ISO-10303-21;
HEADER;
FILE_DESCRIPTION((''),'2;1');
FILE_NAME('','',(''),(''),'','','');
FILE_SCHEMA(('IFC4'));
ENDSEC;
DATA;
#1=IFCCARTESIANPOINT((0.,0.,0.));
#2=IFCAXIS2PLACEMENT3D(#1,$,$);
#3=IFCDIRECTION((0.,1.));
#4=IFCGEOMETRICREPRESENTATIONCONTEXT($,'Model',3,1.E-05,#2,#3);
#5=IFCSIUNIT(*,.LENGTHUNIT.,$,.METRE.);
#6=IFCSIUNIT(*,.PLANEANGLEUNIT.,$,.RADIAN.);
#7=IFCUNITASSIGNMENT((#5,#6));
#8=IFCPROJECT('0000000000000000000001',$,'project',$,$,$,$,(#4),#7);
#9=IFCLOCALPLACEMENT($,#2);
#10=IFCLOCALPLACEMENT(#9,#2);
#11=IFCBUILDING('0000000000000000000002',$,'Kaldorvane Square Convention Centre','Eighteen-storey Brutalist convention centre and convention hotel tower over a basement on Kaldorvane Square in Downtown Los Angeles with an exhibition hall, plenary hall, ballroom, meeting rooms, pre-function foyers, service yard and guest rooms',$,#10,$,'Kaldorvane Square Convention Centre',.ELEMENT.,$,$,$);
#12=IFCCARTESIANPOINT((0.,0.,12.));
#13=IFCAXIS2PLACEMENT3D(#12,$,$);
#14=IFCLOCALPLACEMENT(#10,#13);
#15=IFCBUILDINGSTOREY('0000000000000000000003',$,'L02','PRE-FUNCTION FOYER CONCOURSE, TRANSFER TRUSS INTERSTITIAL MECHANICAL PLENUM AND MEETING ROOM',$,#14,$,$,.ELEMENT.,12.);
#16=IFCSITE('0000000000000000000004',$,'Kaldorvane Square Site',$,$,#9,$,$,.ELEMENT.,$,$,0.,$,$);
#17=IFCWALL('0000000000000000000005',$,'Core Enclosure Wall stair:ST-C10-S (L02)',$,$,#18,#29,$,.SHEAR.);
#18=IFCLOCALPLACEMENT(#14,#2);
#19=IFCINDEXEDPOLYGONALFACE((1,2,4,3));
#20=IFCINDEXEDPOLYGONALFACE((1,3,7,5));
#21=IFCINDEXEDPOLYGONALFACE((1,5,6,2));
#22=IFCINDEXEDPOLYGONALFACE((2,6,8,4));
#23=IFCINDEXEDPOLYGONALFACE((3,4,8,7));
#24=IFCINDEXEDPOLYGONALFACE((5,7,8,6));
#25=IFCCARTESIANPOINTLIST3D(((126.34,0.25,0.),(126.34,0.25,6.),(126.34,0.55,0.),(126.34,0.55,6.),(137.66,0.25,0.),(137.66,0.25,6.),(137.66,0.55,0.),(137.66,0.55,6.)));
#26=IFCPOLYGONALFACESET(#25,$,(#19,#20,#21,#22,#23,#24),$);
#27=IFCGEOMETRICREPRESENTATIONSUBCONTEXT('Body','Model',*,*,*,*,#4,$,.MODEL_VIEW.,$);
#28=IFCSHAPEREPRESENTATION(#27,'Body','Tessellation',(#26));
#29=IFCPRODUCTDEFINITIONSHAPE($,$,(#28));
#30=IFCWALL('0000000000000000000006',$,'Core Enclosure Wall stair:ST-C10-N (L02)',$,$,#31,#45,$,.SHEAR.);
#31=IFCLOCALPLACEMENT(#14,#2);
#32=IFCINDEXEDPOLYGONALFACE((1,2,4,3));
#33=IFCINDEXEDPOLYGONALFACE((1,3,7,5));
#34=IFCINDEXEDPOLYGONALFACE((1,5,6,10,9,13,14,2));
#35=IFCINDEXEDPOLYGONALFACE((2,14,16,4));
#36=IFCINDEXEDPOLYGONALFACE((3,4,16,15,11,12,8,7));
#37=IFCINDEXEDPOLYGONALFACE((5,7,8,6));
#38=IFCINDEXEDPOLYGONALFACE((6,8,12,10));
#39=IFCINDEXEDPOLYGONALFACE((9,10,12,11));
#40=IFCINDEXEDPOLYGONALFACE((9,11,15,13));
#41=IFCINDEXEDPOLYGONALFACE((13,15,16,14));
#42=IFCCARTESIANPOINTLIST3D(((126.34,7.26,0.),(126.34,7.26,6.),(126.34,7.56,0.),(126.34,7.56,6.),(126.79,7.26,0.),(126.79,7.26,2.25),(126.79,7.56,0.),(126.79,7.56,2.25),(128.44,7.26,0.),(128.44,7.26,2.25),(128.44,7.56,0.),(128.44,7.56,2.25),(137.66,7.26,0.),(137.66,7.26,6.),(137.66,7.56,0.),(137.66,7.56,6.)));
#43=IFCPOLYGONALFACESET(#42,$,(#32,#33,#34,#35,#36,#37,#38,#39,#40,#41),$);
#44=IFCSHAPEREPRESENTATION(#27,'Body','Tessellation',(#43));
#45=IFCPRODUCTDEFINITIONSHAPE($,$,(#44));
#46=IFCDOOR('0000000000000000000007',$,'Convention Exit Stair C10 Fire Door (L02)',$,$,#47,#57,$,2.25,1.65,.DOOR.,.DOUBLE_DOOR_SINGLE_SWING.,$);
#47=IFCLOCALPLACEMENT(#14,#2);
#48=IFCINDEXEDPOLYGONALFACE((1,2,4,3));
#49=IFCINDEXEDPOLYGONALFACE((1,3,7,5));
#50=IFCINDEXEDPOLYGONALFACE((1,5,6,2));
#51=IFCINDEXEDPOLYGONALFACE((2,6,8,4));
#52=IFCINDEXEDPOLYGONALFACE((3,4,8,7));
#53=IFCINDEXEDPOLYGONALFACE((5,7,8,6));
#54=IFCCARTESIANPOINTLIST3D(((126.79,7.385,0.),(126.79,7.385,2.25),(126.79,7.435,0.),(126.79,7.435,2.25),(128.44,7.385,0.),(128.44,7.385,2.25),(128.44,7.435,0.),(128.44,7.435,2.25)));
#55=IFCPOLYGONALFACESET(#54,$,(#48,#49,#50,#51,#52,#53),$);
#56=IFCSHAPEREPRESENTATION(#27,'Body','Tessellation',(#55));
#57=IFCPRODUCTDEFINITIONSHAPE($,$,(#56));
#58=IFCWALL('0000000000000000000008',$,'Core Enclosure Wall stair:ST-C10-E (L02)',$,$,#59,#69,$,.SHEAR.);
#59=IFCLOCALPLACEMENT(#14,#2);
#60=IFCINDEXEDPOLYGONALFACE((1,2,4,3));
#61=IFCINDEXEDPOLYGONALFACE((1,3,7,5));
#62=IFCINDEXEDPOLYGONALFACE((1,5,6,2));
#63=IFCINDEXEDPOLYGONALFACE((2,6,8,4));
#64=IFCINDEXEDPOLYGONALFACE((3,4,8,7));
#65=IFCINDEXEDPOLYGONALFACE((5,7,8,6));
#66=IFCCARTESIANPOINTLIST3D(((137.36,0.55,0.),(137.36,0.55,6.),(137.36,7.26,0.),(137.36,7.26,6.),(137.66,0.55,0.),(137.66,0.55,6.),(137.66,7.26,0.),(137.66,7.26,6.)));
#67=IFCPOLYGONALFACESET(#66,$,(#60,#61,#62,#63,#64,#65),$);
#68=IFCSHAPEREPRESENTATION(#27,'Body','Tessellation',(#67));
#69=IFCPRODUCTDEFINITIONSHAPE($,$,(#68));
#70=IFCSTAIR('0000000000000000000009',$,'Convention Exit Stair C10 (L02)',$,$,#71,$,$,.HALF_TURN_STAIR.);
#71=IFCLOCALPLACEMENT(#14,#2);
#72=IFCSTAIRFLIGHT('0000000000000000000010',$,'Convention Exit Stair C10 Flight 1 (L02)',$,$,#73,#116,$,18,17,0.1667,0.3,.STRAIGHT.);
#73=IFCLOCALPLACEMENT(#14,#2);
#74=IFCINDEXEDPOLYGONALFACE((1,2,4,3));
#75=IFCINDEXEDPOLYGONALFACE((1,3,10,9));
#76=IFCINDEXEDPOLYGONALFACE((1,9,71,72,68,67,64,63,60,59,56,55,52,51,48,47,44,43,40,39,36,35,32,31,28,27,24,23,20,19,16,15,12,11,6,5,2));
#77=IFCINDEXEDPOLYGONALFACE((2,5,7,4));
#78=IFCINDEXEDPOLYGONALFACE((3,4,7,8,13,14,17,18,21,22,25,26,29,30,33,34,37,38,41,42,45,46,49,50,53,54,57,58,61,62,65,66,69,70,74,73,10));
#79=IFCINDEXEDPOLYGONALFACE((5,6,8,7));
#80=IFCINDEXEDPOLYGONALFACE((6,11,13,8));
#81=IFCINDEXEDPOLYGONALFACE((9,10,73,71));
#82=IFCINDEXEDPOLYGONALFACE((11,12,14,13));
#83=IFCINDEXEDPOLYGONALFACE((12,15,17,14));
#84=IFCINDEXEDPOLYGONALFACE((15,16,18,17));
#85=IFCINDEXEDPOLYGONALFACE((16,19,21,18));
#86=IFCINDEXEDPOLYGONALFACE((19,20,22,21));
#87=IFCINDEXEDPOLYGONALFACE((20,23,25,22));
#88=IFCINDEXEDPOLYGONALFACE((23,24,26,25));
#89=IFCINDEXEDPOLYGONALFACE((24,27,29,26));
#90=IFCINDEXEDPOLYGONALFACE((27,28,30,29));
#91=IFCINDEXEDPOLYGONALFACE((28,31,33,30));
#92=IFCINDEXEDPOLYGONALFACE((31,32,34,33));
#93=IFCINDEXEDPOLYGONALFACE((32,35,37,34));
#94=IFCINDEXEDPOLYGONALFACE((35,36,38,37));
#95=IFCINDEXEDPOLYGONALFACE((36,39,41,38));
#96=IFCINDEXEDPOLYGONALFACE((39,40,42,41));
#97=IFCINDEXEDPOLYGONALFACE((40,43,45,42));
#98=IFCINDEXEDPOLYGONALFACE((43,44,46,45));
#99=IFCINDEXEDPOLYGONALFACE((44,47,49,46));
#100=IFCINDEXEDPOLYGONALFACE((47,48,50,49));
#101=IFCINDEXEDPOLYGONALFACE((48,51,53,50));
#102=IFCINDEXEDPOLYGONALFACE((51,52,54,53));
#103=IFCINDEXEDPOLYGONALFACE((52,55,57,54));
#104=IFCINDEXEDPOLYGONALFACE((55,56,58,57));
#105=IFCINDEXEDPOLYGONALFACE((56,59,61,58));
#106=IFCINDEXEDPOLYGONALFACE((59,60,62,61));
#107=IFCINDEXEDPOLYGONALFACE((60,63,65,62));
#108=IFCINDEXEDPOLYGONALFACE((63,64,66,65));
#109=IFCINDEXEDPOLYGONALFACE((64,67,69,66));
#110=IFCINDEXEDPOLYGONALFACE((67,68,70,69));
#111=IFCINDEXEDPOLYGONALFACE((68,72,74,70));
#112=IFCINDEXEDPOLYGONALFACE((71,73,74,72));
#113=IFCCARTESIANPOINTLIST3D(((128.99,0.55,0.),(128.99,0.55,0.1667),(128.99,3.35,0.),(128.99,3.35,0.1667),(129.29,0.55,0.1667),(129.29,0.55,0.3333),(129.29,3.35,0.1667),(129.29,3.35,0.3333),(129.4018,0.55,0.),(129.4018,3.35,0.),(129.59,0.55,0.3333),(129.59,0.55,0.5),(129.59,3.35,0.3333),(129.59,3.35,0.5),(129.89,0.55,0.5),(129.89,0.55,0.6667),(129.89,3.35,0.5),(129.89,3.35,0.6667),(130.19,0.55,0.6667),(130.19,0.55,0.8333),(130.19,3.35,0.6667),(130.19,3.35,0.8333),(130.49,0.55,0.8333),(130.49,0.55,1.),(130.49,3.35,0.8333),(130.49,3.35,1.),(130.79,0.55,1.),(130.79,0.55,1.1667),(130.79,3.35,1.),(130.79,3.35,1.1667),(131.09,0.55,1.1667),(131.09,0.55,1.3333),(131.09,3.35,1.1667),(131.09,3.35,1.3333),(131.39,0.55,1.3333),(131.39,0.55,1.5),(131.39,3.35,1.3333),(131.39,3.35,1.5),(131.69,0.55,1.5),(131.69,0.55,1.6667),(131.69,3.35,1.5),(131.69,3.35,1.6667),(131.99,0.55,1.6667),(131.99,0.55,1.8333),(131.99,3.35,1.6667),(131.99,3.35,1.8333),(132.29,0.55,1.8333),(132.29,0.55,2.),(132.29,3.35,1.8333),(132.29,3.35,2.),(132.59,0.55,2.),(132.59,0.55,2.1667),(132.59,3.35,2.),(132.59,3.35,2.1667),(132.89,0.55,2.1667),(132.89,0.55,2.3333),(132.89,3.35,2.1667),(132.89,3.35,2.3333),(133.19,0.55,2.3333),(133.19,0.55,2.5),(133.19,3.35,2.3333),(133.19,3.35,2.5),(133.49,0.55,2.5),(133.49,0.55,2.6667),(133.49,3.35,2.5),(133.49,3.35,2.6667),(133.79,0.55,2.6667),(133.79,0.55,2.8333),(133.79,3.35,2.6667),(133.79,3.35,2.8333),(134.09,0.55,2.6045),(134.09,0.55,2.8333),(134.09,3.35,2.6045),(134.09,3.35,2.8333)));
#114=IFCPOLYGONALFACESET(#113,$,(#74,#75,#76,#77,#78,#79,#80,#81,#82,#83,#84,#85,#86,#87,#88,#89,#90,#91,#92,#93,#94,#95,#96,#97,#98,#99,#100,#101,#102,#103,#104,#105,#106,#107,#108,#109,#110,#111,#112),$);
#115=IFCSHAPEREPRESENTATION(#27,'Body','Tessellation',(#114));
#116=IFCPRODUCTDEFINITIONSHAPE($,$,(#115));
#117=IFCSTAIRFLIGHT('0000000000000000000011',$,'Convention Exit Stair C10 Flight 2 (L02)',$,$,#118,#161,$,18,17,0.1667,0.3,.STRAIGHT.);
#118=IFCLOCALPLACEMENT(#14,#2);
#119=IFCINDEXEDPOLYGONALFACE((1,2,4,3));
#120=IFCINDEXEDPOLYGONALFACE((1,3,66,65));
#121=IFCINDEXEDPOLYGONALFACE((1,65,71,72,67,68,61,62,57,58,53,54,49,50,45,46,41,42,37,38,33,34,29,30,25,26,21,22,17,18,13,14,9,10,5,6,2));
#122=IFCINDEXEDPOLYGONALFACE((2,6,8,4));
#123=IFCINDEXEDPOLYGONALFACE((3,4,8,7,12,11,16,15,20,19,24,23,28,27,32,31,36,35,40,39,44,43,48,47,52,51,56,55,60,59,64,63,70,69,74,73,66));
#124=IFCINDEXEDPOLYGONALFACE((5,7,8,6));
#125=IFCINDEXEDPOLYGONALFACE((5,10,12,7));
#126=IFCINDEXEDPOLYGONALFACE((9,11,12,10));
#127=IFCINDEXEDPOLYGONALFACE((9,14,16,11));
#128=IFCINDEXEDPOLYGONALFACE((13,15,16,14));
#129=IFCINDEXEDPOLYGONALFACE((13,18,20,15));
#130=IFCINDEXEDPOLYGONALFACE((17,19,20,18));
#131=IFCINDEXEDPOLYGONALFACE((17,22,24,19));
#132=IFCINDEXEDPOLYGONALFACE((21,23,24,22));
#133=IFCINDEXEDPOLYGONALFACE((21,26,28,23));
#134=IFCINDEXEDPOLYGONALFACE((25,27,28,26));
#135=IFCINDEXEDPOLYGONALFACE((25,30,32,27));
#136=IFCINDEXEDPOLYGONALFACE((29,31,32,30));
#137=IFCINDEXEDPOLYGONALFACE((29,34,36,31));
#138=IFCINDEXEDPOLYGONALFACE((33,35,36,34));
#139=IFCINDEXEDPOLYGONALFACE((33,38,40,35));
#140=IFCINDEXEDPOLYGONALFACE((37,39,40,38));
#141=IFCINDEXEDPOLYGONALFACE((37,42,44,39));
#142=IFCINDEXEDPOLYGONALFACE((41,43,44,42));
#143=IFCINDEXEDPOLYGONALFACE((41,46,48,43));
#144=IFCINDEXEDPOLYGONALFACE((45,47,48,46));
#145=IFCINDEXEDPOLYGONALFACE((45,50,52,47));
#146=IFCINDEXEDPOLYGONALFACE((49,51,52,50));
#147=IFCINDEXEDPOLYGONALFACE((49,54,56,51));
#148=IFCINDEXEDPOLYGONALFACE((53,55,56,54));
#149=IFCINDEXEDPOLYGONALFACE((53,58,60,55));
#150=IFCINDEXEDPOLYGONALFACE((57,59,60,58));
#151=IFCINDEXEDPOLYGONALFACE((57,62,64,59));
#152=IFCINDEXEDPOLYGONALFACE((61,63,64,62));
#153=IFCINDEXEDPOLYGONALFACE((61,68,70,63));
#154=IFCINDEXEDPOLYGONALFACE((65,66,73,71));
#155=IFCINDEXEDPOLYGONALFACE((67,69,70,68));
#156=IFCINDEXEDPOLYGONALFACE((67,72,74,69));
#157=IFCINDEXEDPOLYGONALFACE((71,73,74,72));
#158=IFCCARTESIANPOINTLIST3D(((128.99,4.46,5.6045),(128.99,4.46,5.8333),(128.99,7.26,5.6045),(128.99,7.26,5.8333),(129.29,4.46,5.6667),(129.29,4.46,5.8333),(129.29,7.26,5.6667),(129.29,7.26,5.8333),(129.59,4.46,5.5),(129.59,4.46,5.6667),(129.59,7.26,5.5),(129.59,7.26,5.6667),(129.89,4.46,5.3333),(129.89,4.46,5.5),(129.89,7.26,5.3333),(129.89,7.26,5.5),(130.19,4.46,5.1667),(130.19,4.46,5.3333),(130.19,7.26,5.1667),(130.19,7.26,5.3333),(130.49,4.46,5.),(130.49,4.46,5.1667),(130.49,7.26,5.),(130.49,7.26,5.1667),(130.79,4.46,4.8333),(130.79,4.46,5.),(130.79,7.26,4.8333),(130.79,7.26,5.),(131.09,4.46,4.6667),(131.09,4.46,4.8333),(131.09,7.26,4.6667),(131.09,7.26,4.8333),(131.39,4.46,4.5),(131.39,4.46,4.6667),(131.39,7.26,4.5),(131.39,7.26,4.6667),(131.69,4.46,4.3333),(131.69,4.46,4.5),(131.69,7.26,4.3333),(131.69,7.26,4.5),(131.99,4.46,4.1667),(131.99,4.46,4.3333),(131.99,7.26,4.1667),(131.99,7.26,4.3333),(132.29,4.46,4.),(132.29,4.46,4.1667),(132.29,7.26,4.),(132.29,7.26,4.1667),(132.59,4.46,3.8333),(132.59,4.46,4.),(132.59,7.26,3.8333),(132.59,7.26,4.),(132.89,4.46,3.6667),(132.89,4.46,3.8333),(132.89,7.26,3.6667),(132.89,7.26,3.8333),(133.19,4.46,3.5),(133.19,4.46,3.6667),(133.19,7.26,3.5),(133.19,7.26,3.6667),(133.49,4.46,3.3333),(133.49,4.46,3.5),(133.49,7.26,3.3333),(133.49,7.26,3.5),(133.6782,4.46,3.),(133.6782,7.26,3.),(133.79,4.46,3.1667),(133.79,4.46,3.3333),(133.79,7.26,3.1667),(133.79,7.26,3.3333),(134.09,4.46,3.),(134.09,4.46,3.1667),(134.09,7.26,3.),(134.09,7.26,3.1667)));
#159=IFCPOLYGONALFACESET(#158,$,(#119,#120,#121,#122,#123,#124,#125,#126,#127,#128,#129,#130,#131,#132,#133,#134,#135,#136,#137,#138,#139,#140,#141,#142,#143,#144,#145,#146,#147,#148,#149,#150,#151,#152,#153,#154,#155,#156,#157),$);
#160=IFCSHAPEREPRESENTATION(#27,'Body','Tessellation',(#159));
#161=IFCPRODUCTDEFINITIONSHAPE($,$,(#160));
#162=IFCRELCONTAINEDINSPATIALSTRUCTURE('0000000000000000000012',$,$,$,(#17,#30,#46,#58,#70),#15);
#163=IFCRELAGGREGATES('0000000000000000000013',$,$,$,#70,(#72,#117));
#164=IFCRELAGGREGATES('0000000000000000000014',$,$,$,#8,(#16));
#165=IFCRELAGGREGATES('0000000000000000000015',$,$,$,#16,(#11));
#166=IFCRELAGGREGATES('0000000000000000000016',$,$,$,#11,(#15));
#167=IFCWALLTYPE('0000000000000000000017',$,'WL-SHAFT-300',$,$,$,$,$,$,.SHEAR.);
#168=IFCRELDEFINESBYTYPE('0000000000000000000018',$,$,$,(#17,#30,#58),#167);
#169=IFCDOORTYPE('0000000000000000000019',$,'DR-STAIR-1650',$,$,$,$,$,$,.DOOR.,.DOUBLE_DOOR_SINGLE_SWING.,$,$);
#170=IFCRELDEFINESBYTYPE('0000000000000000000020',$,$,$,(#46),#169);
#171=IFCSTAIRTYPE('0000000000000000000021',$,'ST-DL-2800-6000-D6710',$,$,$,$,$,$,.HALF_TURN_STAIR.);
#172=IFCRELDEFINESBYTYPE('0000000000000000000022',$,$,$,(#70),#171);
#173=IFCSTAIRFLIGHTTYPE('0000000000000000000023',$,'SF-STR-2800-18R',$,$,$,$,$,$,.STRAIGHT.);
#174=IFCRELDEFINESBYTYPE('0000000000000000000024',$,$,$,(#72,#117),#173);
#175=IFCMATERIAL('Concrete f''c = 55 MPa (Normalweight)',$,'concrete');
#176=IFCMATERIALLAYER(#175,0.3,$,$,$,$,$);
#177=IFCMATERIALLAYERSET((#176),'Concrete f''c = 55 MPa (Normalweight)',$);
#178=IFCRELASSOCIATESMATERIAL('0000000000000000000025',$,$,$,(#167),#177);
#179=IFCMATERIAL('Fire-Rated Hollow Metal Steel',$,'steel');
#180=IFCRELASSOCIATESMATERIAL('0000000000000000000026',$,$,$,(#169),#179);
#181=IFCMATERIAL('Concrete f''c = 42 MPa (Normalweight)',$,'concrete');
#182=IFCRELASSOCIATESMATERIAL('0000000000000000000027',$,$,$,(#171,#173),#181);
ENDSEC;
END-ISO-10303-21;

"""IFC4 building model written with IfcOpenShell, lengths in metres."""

from ifc_helpers import new_model, si_unit, direction, frame, frame_2d, origin, place, context, subcontext, project, spatial, polyline, rectangle, outline, extrude, material, layer, layer_set, type_object, element, fill, aggregate, save


model = new_model("IFC4")

# Units and contexts
model_context = context("Model", 3, precision=1e-05, world=origin(), true_north=direction((0.0, 1.0)))
body_context = subcontext(model_context, "Body", "Model", "MODEL_VIEW")
ifc_project = project(units=[si_unit("LENGTHUNIT", "METRE"), si_unit("PLANEANGLEUNIT", "RADIAN")], contexts=[model_context])

# Site, building, storey
site_placement = place(None, origin())
site = spatial("IfcSite", under=ifc_project, at=site_placement, Name="Kaldorvane Square Site", CompositionType="ELEMENT", RefElevation=0.0)
building_placement = place(site_placement, origin())
building = spatial("IfcBuilding", under=site, at=building_placement, Name="Kaldorvane Square Convention Centre", Description="Eighteen-storey Brutalist convention centre and convention hotel tower over a basement on Kaldorvane Square in Downtown Los Angeles with an exhibition hall, plenary hall, ballroom, meeting rooms, pre-function foyers, service yard and guest rooms", LongName="Kaldorvane Square Convention Centre", CompositionType="ELEMENT")
storey_placement = place(building_placement, frame((0.0, 0.0, 12.0)))
storey = spatial("IfcBuildingStorey", under=building, at=storey_placement, Name="L02", Description="PRE-FUNCTION FOYER CONCOURSE, TRANSFER TRUSS INTERSTITIAL MECHANICAL PLENUM AND MEETING ROOM", CompositionType="ELEMENT", Elevation=12.0)

# Shared definitions
ifc_material_1 = material(Name="Concrete f'c = 42 MPa (Normalweight)", Category="concrete")

# Wall
ifc_material_2 = material(Name="Concrete f'c = 55 MPa (Normalweight)", Category="concrete")
ifc_layer_1 = layer(ifc_material_2, 0.3)
ifc_layer_set_1 = layer_set([ifc_layer_1], Name="Concrete f'c = 55 MPa (Normalweight)")
wall_type_1 = type_object("IfcWallType", Name="WL-SHAFT-300", PredefinedType="SHEAR", material=ifc_layer_set_1)
wall_1_placement = place(storey_placement, frame((137.66, 0.4, 0.0), z_axis=(0.0, 0.0, 1.0), x_axis=(-1.0, 0.0, 0.0)))
element("IfcWall", 1, at=wall_1_placement, inside=storey, type_object=wall_type_1, Name="Core Enclosure Wall stair:ST-C10-S (L02)", PredefinedType="SHEAR", context=body_context, shape_type="SweptSolid", body=[
    extrude(rectangle(XDim=11.32, YDim=0.3, at=frame_2d((5.66, 0.0))), origin(), (0.0, 0.0, 1.0), 6.0),
])

# Wall, opening, door
wall_2_placement = place(storey_placement, frame((137.66, 7.41, 0.0), z_axis=(0.0, 0.0, 1.0), x_axis=(-1.0, 0.0, 0.0)))
wall_2 = element("IfcWall", 2, at=wall_2_placement, inside=storey, type_object=wall_type_1, Name="Core Enclosure Wall stair:ST-C10-N (L02)", PredefinedType="SHEAR", context=body_context, shape_type="SweptSolid", body=[
    extrude(rectangle(XDim=11.32, YDim=0.3, at=frame_2d((5.66, 0.0))), origin(), (0.0, 0.0, 1.0), 6.0),
])
opening_1_placement = place(wall_2_placement, frame((9.22, 0.0, 0.0)))
opening_1 = element("IfcOpeningElement", 3, at=opening_1_placement, cuts=wall_2, PredefinedType="OPENING", context=body_context, shape_type="SweptSolid", body=[
    extrude(rectangle(XDim=1.65, YDim=2.25, at=frame_2d((0.825, 1.125))), frame((0.0, 0.165, 0.0), z_axis=(0.0, -1.0, 0.0), x_axis=(1.0, 0.0, 0.0)), (0.0, 0.0, 1.0), 0.33),
])
ifc_material_3 = material(Name="Fire-Rated Hollow Metal Steel", Category="steel")
door_type = type_object("IfcDoorType", Name="DR-STAIR-1650", OperationType="DOUBLE_DOOR_SINGLE_SWING", PredefinedType="DOOR", material=ifc_material_3)
door_placement = place(opening_1_placement, origin())
door = element("IfcDoor", 4, at=door_placement, inside=storey, type_object=door_type, Name="Convention Exit Stair C10 Fire Door (L02)", OperationType="DOUBLE_DOOR_SINGLE_SWING", OverallHeight=2.25, OverallWidth=1.65, PredefinedType="DOOR", context=body_context, shape_type="SweptSolid", body=[
    extrude(rectangle(XDim=1.65, YDim=2.25, at=frame_2d((0.825, 1.125))), frame((0.0, 0.025, 0.0), z_axis=(0.0, -1.0, 0.0), x_axis=(1.0, 0.0, 0.0)), (0.0, 0.0, 1.0), 0.05),
])
fill(opening_1, door)

# Wall
wall_3_placement = place(storey_placement, frame((137.51, 0.55, 0.0), z_axis=(0.0, 0.0, 1.0), x_axis=(0.0, 1.0, 0.0)))
element("IfcWall", 5, at=wall_3_placement, inside=storey, type_object=wall_type_1, Name="Core Enclosure Wall stair:ST-C10-E (L02)", PredefinedType="SHEAR", context=body_context, shape_type="SweptSolid", body=[
    extrude(rectangle(XDim=6.71, YDim=0.3, at=frame_2d((3.355, 0.0))), origin(), (0.0, 0.0, 1.0), 6.0),
])

# Stair, stair flights
stair_type = type_object("IfcStairType", Name="ST-DL-2800-6000-D6710", PredefinedType="HALF_TURN_STAIR", material=ifc_material_1)
stair_placement = place(storey_placement, origin())
stair = element("IfcStair", 6, at=stair_placement, inside=storey, type_object=stair_type, Name="Convention Exit Stair C10 (L02)", PredefinedType="HALF_TURN_STAIR")
stair_flight_type = type_object("IfcStairFlightType", Name="SF-STR-2800-18R", PredefinedType="STRAIGHT", material=ifc_material_1)
stair_flight_1_placement = place(storey_placement, frame((128.99, 1.95, 0.0), z_axis=(0.0, 0.0, 1.0), x_axis=(1.0, 0.0, 0.0)))
stair_flight_1 = element("IfcStairFlight", 7, at=stair_flight_1_placement, type_object=stair_flight_type, Name="Convention Exit Stair C10 Flight 1 (L02)", NumberOfRisers=18, NumberOfTreads=17, PredefinedType="STRAIGHT", RiserHeight=0.1667, TreadLength=0.3, context=body_context, shape_type="SweptSolid", body=[
    extrude(outline(polyline([(0.0, 0.0), (0.0, 0.1667), (0.3, 0.1667), (0.3, 0.3333), (0.6, 0.3333), (0.6, 0.5), (0.9, 0.5), (0.9, 0.6667), (1.2, 0.6667), (1.2, 0.8333), (1.5, 0.8333), (1.5, 1.0), (1.8, 1.0), (1.8, 1.1667), (2.1, 1.1667), (2.1, 1.3333), (2.4, 1.3333), (2.4, 1.5), (2.7, 1.5), (2.7, 1.6667), (3.0, 1.6667), (3.0, 1.8333), (3.3, 1.8333), (3.3, 2.0), (3.6, 2.0), (3.6, 2.1667), (3.9, 2.1667), (3.9, 2.3333), (4.2, 2.3333), (4.2, 2.5), (4.5, 2.5), (4.5, 2.6667), (4.8, 2.6667), (4.8, 2.8333), (5.1, 2.8333), (5.1, 3.0), (5.1, 2.6045), (0.4118, 0.0), (0.0, 0.0)])), frame((0.0, 1.4, 0.0), z_axis=(0.0, -1.0, 0.0), x_axis=(1.0, 0.0, 0.0)), (0.0, 0.0, 1.0), 2.8),
])
stair_flight_2_placement = place(storey_placement, frame((134.09, 5.86, 3.0), z_axis=(0.0, 0.0, 1.0), x_axis=(-1.0, 0.0, 0.0)))
stair_flight_2 = element("IfcStairFlight", 8, at=stair_flight_2_placement, type_object=stair_flight_type, Name="Convention Exit Stair C10 Flight 2 (L02)", NumberOfRisers=18, NumberOfTreads=17, PredefinedType="STRAIGHT", RiserHeight=0.1667, TreadLength=0.3, context=body_context, shape_type="SweptSolid", body=[
    extrude(outline(polyline([(0.0, 0.0), (0.0, 0.1667), (0.3, 0.1667), (0.3, 0.3333), (0.6, 0.3333), (0.6, 0.5), (0.9, 0.5), (0.9, 0.6667), (1.2, 0.6667), (1.2, 0.8333), (1.5, 0.8333), (1.5, 1.0), (1.8, 1.0), (1.8, 1.1667), (2.1, 1.1667), (2.1, 1.3333), (2.4, 1.3333), (2.4, 1.5), (2.7, 1.5), (2.7, 1.6667), (3.0, 1.6667), (3.0, 1.8333), (3.3, 1.8333), (3.3, 2.0), (3.6, 2.0), (3.6, 2.1667), (3.9, 2.1667), (3.9, 2.3333), (4.2, 2.3333), (4.2, 2.5), (4.5, 2.5), (4.5, 2.6667), (4.8, 2.6667), (4.8, 2.8333), (5.1, 2.8333), (5.1, 3.0), (5.1, 2.6045), (0.4118, 0.0), (0.0, 0.0)])), frame((0.0, 1.4, 0.0), z_axis=(0.0, -1.0, 0.0), x_axis=(1.0, 0.0, 0.0)), (0.0, 0.0, 1.0), 2.8),
])
aggregate(stair, [stair_flight_1, stair_flight_2])

save(model, "model.ifc")
